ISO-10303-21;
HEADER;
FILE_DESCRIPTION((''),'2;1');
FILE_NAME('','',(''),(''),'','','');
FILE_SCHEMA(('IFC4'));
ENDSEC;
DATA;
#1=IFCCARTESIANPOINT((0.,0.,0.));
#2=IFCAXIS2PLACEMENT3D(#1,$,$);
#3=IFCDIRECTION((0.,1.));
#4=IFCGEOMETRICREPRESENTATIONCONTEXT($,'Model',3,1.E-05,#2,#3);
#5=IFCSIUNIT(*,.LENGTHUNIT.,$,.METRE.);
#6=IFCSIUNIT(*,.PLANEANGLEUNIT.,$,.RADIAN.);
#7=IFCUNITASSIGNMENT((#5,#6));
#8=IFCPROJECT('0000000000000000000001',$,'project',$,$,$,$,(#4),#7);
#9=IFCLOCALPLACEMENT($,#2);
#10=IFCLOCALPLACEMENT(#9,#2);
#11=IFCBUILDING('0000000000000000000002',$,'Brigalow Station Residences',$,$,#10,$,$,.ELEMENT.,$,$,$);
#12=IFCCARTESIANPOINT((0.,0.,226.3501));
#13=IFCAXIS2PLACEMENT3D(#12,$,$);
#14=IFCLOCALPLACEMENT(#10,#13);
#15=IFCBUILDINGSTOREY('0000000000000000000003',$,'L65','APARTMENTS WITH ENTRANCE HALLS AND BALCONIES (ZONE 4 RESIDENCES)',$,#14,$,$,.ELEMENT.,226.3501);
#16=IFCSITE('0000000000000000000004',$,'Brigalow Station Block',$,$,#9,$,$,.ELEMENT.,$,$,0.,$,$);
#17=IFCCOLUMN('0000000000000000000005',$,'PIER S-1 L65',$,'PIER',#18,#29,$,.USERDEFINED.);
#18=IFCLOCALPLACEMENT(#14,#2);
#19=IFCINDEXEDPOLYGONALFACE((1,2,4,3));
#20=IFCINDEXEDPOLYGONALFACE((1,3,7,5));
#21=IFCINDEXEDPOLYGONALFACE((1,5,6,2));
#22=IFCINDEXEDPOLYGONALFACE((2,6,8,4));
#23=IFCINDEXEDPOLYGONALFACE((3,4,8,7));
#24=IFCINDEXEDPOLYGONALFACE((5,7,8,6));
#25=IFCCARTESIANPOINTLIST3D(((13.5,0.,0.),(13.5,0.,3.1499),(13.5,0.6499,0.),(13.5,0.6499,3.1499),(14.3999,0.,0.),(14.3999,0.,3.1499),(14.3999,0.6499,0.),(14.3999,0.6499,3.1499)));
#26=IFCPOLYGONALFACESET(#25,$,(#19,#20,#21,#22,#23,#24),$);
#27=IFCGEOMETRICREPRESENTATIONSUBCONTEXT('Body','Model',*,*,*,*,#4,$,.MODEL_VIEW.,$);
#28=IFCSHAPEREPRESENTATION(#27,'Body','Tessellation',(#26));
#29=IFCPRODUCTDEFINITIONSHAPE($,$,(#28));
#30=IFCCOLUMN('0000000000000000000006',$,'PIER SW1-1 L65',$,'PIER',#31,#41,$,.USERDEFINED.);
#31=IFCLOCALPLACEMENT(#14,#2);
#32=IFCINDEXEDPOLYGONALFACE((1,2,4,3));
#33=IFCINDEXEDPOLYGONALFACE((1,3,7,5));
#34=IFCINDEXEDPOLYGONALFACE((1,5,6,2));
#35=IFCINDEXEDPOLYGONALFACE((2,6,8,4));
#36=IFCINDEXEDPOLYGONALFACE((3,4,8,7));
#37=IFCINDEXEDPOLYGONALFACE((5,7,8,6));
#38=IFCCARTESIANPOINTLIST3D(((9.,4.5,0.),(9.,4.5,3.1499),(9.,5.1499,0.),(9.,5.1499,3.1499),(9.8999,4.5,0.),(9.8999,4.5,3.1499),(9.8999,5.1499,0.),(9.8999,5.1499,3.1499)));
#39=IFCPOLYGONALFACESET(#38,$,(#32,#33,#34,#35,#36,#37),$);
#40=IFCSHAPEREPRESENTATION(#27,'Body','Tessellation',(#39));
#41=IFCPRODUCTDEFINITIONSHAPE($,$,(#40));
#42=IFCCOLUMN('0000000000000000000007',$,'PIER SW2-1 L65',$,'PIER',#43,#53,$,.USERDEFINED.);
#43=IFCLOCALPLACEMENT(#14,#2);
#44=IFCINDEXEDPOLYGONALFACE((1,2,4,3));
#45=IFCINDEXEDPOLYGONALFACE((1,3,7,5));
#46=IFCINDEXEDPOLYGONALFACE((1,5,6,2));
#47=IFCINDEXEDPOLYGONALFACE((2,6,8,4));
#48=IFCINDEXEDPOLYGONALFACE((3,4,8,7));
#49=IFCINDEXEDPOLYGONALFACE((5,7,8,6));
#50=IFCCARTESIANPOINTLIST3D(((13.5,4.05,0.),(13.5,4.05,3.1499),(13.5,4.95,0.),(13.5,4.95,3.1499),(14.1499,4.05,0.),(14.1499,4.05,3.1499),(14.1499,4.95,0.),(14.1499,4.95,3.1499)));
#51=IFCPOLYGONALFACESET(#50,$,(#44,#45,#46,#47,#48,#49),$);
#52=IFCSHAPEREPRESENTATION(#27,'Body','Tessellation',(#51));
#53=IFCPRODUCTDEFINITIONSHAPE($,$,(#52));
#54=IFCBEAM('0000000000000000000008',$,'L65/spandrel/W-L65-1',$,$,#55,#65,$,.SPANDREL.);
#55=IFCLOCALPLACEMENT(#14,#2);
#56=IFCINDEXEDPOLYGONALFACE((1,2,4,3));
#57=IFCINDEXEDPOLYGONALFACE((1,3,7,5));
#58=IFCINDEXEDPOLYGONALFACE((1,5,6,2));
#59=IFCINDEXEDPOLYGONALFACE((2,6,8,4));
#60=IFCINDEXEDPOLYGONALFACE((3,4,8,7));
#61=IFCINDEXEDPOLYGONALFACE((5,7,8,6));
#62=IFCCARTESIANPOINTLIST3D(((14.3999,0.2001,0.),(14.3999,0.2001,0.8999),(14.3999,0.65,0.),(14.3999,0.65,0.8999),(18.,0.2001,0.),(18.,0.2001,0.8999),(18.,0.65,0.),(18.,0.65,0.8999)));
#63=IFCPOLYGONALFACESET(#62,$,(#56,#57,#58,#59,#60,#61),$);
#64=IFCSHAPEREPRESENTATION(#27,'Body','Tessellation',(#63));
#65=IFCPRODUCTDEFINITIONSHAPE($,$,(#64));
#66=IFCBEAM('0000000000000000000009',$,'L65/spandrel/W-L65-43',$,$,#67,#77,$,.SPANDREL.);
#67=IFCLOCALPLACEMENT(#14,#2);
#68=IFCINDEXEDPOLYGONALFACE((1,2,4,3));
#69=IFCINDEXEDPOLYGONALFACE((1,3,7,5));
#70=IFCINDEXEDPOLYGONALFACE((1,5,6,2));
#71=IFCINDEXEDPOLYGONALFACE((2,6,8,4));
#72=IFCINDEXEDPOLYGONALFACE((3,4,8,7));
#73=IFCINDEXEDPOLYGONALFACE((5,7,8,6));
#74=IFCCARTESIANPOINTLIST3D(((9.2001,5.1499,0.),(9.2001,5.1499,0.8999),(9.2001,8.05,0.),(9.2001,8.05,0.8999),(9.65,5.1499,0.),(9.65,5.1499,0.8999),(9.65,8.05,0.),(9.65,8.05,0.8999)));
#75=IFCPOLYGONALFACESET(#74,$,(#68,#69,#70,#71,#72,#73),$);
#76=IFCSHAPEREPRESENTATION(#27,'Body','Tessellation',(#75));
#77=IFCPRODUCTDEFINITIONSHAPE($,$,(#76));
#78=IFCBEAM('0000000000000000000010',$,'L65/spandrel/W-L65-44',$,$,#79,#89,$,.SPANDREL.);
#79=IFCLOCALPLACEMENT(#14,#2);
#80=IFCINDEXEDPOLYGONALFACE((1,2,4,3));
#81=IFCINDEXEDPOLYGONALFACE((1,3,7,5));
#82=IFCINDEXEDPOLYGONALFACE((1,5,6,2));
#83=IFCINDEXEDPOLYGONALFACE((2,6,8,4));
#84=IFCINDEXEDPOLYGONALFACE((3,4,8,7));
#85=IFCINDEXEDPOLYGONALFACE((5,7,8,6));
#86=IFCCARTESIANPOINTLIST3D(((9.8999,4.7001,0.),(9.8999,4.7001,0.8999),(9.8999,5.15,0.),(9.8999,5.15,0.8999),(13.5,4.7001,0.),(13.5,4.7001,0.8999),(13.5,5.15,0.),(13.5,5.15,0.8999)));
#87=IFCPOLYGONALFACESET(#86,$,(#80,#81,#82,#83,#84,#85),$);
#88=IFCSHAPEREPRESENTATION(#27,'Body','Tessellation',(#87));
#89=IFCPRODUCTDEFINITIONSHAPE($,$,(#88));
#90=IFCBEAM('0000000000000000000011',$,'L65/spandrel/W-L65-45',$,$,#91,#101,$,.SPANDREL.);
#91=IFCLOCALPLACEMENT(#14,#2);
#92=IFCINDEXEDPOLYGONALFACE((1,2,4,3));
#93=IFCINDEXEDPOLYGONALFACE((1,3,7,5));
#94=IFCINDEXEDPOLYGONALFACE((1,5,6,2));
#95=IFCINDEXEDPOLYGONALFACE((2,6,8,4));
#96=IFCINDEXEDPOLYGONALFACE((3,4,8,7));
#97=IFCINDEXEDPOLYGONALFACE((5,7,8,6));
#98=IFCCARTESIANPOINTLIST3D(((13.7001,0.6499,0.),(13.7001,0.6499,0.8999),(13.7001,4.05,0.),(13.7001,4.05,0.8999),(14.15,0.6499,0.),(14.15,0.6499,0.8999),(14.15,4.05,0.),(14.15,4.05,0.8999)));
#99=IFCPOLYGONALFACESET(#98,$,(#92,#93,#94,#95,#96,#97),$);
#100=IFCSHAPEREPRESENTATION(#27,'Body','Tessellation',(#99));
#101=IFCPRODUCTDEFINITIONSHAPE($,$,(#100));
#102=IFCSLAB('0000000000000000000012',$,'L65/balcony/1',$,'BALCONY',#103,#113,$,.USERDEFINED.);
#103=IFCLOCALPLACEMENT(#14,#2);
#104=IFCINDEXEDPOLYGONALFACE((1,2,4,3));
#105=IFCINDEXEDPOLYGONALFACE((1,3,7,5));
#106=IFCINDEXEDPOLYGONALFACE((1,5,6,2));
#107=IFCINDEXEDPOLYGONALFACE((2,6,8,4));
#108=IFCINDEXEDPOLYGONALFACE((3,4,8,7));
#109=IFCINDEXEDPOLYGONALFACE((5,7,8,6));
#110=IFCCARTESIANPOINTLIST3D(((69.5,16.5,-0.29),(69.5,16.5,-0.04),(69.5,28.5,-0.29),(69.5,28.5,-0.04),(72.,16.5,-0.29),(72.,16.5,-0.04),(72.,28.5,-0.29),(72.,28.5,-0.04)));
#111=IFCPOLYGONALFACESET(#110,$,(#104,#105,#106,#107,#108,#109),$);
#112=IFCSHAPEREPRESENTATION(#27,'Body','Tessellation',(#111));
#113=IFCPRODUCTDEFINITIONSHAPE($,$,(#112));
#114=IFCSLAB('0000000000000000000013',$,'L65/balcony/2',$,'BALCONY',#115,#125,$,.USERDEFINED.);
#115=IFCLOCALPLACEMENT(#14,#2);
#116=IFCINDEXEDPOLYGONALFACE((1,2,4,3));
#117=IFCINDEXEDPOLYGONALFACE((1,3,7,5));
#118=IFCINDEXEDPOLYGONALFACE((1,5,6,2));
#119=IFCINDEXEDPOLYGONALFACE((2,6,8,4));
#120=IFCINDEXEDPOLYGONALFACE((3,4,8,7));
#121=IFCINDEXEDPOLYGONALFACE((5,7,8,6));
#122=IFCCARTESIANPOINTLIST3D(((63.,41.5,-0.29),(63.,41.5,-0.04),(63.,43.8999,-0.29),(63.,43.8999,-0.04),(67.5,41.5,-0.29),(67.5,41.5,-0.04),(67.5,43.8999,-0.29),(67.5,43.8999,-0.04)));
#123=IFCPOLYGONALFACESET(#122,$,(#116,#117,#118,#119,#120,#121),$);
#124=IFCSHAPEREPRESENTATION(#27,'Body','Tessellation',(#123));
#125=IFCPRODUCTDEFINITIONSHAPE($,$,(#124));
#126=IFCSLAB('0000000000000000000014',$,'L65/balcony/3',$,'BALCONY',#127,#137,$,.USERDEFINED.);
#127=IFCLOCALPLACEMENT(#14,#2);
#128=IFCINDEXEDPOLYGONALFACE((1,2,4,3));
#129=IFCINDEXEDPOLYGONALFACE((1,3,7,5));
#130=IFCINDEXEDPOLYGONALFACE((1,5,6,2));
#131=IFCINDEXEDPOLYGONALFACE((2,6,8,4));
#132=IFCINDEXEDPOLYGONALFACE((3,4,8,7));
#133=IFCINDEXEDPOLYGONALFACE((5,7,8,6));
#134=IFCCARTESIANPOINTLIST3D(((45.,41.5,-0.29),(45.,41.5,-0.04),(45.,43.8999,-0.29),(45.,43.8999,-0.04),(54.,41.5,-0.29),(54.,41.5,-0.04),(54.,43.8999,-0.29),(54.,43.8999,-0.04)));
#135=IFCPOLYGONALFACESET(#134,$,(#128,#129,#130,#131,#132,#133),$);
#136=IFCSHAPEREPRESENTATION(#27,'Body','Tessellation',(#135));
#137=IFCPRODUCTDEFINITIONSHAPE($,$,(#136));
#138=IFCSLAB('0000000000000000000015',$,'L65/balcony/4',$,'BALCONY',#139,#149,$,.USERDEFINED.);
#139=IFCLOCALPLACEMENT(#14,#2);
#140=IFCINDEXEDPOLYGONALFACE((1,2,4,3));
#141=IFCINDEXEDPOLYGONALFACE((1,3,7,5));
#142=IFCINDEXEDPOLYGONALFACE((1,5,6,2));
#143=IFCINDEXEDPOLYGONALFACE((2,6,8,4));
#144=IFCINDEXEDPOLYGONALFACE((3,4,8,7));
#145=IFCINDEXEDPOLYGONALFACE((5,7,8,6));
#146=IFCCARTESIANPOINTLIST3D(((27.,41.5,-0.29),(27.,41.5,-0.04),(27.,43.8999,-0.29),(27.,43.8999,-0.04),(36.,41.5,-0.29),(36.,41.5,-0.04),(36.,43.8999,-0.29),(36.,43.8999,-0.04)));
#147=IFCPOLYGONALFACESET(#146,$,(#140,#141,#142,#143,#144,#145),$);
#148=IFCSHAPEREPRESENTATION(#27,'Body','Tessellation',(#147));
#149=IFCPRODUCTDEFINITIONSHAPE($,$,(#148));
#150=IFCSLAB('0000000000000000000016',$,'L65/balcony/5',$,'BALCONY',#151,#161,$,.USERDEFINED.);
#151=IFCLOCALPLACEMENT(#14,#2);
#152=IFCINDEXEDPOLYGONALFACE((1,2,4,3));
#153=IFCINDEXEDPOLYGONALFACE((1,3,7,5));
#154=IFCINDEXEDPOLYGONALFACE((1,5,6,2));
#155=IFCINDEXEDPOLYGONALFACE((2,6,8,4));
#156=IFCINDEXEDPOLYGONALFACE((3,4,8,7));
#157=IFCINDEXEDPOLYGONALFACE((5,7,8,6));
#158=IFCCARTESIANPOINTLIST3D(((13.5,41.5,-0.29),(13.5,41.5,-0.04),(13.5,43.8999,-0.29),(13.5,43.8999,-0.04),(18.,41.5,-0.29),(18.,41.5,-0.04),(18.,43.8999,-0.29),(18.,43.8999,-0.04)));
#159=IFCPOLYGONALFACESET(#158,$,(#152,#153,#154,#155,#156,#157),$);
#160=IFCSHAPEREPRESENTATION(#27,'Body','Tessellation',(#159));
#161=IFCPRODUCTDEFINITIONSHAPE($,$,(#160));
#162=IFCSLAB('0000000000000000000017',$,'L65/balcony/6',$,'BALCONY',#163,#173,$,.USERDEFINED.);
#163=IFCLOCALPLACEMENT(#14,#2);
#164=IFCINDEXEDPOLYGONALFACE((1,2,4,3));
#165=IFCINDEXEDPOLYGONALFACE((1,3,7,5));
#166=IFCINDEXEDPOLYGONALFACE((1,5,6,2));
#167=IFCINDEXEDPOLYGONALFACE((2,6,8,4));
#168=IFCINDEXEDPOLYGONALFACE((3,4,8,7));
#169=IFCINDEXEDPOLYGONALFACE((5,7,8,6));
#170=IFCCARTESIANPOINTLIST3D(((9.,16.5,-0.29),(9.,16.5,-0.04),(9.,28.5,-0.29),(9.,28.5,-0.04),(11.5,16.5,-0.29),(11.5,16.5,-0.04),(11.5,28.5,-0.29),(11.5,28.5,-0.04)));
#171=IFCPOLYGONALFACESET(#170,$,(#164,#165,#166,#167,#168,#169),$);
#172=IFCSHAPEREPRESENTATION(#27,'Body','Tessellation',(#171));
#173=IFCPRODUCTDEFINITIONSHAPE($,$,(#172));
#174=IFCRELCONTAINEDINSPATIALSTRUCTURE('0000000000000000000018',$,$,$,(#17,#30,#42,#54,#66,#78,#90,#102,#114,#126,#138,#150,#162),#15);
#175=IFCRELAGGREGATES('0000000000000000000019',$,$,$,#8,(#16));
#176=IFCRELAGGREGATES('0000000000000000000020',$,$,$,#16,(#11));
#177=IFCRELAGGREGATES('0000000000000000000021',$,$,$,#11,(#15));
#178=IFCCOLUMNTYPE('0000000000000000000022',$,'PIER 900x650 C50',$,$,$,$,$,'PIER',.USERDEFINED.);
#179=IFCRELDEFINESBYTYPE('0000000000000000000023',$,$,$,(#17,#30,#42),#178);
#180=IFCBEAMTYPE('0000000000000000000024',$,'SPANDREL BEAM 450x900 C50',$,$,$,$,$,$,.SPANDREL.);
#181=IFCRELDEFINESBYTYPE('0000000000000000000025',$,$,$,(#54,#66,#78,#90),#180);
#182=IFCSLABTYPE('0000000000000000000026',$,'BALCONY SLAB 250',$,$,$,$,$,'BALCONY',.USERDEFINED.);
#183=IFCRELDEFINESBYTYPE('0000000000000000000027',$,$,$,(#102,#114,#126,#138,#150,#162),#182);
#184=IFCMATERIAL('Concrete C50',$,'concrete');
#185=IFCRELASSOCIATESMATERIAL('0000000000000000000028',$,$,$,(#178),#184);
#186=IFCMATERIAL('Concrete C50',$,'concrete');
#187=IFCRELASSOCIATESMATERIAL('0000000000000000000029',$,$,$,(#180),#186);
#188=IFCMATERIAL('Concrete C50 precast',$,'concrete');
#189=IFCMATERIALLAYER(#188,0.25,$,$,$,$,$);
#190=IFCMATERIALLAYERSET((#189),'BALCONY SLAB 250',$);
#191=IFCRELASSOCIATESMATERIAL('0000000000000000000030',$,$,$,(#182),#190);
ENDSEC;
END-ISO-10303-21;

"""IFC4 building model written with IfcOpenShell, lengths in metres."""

from ifc_helpers import new_model, si_unit, direction, frame, origin, origin_2d, place, context, subcontext, project, spatial, polyline, rectangle, outline, extrude, material, layer, layer_set, material_profile, profile_set, type_object, element, save


model = new_model("IFC4")

# Units and contexts
model_context = context("Model", 3, precision=1e-05, world=origin(), true_north=direction((0.0, 1.0)))
body_context = subcontext(model_context, "Body", "Model", "MODEL_VIEW")
ifc_project = project(units=[si_unit("LENGTHUNIT", "METRE"), si_unit("PLANEANGLEUNIT", "RADIAN")], contexts=[model_context])

# Site, building, storey
site_placement = place(None, origin())
site = spatial("IfcSite", under=ifc_project, at=site_placement, Name="Brigalow Station Block", CompositionType="ELEMENT", RefElevation=0.0)
building_placement = place(site_placement, origin())
building = spatial("IfcBuilding", under=site, at=building_placement, Name="Brigalow Station Residences", CompositionType="ELEMENT")
storey_placement = place(building_placement, frame((0.0, 0.0, 226.3501)))
storey = spatial("IfcBuildingStorey", under=building, at=storey_placement, Name="L65", Description="APARTMENTS WITH ENTRANCE HALLS AND BALCONIES (ZONE 4 RESIDENCES)", CompositionType="ELEMENT", Elevation=226.3501)

# Columns
ifc_material_1 = material(Name="Concrete C50", Category="concrete")
ifc_material_profile_1 = material_profile(ifc_material_1, rectangle(XDim=0.8999, YDim=0.6499, at=origin_2d()), Name="RC900x650")
ifc_profile_set_1 = profile_set([ifc_material_profile_1], Name="Concrete C50")
column_type = type_object("IfcColumnType", Name="PIER 900x650 C50", ElementType="PIER", PredefinedType="USERDEFINED", material=ifc_profile_set_1)
for number, where, z_axis, x_axis, name in (
    (1, (13.95, 0.325, 0.0), (0.0, 0.0, 1.0), (1.0, 0.0, 0.0), "PIER S-1 L65"),
    (2, (9.45, 4.825, 0.0), (0.0, 0.0, 1.0), (1.0, 0.0, 0.0), "PIER SW1-1 L65"),
    (3, (13.825, 4.5, 0.0), (0.0, 0.0, 1.0), (0.0, -1.0, 0.0), "PIER SW2-1 L65"),
):
    element("IfcColumn", number, at=place(storey_placement, frame(where, z_axis=z_axis, x_axis=x_axis)), inside=storey, type_object=column_type, Name=name, ObjectType="PIER", PredefinedType="USERDEFINED", context=body_context, shape_type="SweptSolid", body=[
        extrude(rectangle(XDim=0.8999, YDim=0.6499, at=origin_2d()), origin(), (0.0, 0.0, 1.0), 3.1499),
    ])

# Beams
ifc_material_2 = material(Name="Concrete C50", Category="concrete")
ifc_material_profile_2 = material_profile(ifc_material_2, rectangle(XDim=0.45, YDim=0.8999, at=origin_2d()), Name="RC450x900")
ifc_profile_set_2 = profile_set([ifc_material_profile_2], Name="Concrete C50")
beam_type = type_object("IfcBeamType", Name="SPANDREL BEAM 450x900 C50", PredefinedType="SPANDREL", material=ifc_profile_set_2)
beam_1_placement = place(storey_placement, frame((14.3999, 0.425, 0.45), z_axis=(1.0, 0.0, 0.0), x_axis=(0.0, 1.0, 0.0)))
element("IfcBeam", 4, at=beam_1_placement, inside=storey, type_object=beam_type, Name="L65/spandrel/W-L65-1", PredefinedType="SPANDREL", context=body_context, shape_type="SweptSolid", body=[
    extrude(rectangle(XDim=0.45, YDim=0.8999, at=origin_2d()), origin(), (0.0, 0.0, 1.0), 3.6001),
])
beam_2_placement = place(storey_placement, frame((9.425, 8.05, 0.45), z_axis=(0.0, -1.0, 0.0), x_axis=(1.0, 0.0, 0.0)))
element("IfcBeam", 5, at=beam_2_placement, inside=storey, type_object=beam_type, Name="L65/spandrel/W-L65-43", PredefinedType="SPANDREL", context=body_context, shape_type="SweptSolid", body=[
    extrude(rectangle(XDim=0.45, YDim=0.8999, at=origin_2d()), origin(), (0.0, 0.0, 1.0), 2.9001),
])
beam_3_placement = place(storey_placement, frame((9.8999, 4.925, 0.45), z_axis=(1.0, 0.0, 0.0), x_axis=(0.0, 1.0, 0.0)))
element("IfcBeam", 6, at=beam_3_placement, inside=storey, type_object=beam_type, Name="L65/spandrel/W-L65-44", PredefinedType="SPANDREL", context=body_context, shape_type="SweptSolid", body=[
    extrude(rectangle(XDim=0.45, YDim=0.8999, at=origin_2d()), origin(), (0.0, 0.0, 1.0), 3.6001),
])
beam_4_placement = place(storey_placement, frame((13.925, 4.05, 0.45), z_axis=(0.0, -1.0, 0.0), x_axis=(1.0, 0.0, 0.0)))
element("IfcBeam", 7, at=beam_4_placement, inside=storey, type_object=beam_type, Name="L65/spandrel/W-L65-45", PredefinedType="SPANDREL", context=body_context, shape_type="SweptSolid", body=[
    extrude(rectangle(XDim=0.45, YDim=0.8999, at=origin_2d()), origin(), (0.0, 0.0, 1.0), 3.4001),
])

# Slabs
ifc_material_3 = material(Name="Concrete C50 precast", Category="concrete")
ifc_layer_1 = layer(ifc_material_3, 0.25)
ifc_layer_set_1 = layer_set([ifc_layer_1], Name="BALCONY SLAB 250")
slab_type_1 = type_object("IfcSlabType", Name="BALCONY SLAB 250", ElementType="BALCONY", PredefinedType="USERDEFINED", material=ifc_layer_set_1)
slab_1_placement = place(storey_placement, frame((0.0, 0.0, -0.29)))
element("IfcSlab", 8, at=slab_1_placement, inside=storey, type_object=slab_type_1, Name="L65/balcony/1", ObjectType="BALCONY", PredefinedType="USERDEFINED", context=body_context, shape_type="SweptSolid", body=[
    extrude(outline(polyline([(69.5, 16.5), (72.0, 16.5), (72.0, 28.5), (69.5, 28.5), (69.5, 16.5)])), origin(), (0.0, 0.0, 1.0), 0.25),
])
slab_2_placement = place(storey_placement, frame((0.0, 0.0, -0.29)))
element("IfcSlab", 9, at=slab_2_placement, inside=storey, type_object=slab_type_1, Name="L65/balcony/2", ObjectType="BALCONY", PredefinedType="USERDEFINED", context=body_context, shape_type="SweptSolid", body=[
    extrude(outline(polyline([(67.5, 41.5), (67.5, 43.8999), (63.0, 43.8999), (63.0, 41.5), (67.5, 41.5)])), origin(), (0.0, 0.0, 1.0), 0.25),
])
slab_3_placement = place(storey_placement, frame((0.0, 0.0, -0.29)))
element("IfcSlab", 10, at=slab_3_placement, inside=storey, type_object=slab_type_1, Name="L65/balcony/3", ObjectType="BALCONY", PredefinedType="USERDEFINED", context=body_context, shape_type="SweptSolid", body=[
    extrude(outline(polyline([(54.0, 41.5), (54.0, 43.8999), (45.0, 43.8999), (45.0, 41.5), (54.0, 41.5)])), origin(), (0.0, 0.0, 1.0), 0.25),
])
slab_4_placement = place(storey_placement, frame((0.0, 0.0, -0.29)))
element("IfcSlab", 11, at=slab_4_placement, inside=storey, type_object=slab_type_1, Name="L65/balcony/4", ObjectType="BALCONY", PredefinedType="USERDEFINED", context=body_context, shape_type="SweptSolid", body=[
    extrude(outline(polyline([(36.0, 41.5), (36.0, 43.8999), (27.0, 43.8999), (27.0, 41.5), (36.0, 41.5)])), origin(), (0.0, 0.0, 1.0), 0.25),
])
slab_5_placement = place(storey_placement, frame((0.0, 0.0, -0.29)))
element("IfcSlab", 12, at=slab_5_placement, inside=storey, type_object=slab_type_1, Name="L65/balcony/5", ObjectType="BALCONY", PredefinedType="USERDEFINED", context=body_context, shape_type="SweptSolid", body=[
    extrude(outline(polyline([(18.0, 41.5), (18.0, 43.8999), (13.5, 43.8999), (13.5, 41.5), (18.0, 41.5)])), origin(), (0.0, 0.0, 1.0), 0.25),
])
slab_6_placement = place(storey_placement, frame((0.0, 0.0, -0.29)))
element("IfcSlab", 13, at=slab_6_placement, inside=storey, type_object=slab_type_1, Name="L65/balcony/6", ObjectType="BALCONY", PredefinedType="USERDEFINED", context=body_context, shape_type="SweptSolid", body=[
    extrude(outline(polyline([(11.5, 28.5), (9.0, 28.5), (9.0, 16.5), (11.5, 16.5), (11.5, 28.5)])), origin(), (0.0, 0.0, 1.0), 0.25),
])

save(model, "model.ifc")
